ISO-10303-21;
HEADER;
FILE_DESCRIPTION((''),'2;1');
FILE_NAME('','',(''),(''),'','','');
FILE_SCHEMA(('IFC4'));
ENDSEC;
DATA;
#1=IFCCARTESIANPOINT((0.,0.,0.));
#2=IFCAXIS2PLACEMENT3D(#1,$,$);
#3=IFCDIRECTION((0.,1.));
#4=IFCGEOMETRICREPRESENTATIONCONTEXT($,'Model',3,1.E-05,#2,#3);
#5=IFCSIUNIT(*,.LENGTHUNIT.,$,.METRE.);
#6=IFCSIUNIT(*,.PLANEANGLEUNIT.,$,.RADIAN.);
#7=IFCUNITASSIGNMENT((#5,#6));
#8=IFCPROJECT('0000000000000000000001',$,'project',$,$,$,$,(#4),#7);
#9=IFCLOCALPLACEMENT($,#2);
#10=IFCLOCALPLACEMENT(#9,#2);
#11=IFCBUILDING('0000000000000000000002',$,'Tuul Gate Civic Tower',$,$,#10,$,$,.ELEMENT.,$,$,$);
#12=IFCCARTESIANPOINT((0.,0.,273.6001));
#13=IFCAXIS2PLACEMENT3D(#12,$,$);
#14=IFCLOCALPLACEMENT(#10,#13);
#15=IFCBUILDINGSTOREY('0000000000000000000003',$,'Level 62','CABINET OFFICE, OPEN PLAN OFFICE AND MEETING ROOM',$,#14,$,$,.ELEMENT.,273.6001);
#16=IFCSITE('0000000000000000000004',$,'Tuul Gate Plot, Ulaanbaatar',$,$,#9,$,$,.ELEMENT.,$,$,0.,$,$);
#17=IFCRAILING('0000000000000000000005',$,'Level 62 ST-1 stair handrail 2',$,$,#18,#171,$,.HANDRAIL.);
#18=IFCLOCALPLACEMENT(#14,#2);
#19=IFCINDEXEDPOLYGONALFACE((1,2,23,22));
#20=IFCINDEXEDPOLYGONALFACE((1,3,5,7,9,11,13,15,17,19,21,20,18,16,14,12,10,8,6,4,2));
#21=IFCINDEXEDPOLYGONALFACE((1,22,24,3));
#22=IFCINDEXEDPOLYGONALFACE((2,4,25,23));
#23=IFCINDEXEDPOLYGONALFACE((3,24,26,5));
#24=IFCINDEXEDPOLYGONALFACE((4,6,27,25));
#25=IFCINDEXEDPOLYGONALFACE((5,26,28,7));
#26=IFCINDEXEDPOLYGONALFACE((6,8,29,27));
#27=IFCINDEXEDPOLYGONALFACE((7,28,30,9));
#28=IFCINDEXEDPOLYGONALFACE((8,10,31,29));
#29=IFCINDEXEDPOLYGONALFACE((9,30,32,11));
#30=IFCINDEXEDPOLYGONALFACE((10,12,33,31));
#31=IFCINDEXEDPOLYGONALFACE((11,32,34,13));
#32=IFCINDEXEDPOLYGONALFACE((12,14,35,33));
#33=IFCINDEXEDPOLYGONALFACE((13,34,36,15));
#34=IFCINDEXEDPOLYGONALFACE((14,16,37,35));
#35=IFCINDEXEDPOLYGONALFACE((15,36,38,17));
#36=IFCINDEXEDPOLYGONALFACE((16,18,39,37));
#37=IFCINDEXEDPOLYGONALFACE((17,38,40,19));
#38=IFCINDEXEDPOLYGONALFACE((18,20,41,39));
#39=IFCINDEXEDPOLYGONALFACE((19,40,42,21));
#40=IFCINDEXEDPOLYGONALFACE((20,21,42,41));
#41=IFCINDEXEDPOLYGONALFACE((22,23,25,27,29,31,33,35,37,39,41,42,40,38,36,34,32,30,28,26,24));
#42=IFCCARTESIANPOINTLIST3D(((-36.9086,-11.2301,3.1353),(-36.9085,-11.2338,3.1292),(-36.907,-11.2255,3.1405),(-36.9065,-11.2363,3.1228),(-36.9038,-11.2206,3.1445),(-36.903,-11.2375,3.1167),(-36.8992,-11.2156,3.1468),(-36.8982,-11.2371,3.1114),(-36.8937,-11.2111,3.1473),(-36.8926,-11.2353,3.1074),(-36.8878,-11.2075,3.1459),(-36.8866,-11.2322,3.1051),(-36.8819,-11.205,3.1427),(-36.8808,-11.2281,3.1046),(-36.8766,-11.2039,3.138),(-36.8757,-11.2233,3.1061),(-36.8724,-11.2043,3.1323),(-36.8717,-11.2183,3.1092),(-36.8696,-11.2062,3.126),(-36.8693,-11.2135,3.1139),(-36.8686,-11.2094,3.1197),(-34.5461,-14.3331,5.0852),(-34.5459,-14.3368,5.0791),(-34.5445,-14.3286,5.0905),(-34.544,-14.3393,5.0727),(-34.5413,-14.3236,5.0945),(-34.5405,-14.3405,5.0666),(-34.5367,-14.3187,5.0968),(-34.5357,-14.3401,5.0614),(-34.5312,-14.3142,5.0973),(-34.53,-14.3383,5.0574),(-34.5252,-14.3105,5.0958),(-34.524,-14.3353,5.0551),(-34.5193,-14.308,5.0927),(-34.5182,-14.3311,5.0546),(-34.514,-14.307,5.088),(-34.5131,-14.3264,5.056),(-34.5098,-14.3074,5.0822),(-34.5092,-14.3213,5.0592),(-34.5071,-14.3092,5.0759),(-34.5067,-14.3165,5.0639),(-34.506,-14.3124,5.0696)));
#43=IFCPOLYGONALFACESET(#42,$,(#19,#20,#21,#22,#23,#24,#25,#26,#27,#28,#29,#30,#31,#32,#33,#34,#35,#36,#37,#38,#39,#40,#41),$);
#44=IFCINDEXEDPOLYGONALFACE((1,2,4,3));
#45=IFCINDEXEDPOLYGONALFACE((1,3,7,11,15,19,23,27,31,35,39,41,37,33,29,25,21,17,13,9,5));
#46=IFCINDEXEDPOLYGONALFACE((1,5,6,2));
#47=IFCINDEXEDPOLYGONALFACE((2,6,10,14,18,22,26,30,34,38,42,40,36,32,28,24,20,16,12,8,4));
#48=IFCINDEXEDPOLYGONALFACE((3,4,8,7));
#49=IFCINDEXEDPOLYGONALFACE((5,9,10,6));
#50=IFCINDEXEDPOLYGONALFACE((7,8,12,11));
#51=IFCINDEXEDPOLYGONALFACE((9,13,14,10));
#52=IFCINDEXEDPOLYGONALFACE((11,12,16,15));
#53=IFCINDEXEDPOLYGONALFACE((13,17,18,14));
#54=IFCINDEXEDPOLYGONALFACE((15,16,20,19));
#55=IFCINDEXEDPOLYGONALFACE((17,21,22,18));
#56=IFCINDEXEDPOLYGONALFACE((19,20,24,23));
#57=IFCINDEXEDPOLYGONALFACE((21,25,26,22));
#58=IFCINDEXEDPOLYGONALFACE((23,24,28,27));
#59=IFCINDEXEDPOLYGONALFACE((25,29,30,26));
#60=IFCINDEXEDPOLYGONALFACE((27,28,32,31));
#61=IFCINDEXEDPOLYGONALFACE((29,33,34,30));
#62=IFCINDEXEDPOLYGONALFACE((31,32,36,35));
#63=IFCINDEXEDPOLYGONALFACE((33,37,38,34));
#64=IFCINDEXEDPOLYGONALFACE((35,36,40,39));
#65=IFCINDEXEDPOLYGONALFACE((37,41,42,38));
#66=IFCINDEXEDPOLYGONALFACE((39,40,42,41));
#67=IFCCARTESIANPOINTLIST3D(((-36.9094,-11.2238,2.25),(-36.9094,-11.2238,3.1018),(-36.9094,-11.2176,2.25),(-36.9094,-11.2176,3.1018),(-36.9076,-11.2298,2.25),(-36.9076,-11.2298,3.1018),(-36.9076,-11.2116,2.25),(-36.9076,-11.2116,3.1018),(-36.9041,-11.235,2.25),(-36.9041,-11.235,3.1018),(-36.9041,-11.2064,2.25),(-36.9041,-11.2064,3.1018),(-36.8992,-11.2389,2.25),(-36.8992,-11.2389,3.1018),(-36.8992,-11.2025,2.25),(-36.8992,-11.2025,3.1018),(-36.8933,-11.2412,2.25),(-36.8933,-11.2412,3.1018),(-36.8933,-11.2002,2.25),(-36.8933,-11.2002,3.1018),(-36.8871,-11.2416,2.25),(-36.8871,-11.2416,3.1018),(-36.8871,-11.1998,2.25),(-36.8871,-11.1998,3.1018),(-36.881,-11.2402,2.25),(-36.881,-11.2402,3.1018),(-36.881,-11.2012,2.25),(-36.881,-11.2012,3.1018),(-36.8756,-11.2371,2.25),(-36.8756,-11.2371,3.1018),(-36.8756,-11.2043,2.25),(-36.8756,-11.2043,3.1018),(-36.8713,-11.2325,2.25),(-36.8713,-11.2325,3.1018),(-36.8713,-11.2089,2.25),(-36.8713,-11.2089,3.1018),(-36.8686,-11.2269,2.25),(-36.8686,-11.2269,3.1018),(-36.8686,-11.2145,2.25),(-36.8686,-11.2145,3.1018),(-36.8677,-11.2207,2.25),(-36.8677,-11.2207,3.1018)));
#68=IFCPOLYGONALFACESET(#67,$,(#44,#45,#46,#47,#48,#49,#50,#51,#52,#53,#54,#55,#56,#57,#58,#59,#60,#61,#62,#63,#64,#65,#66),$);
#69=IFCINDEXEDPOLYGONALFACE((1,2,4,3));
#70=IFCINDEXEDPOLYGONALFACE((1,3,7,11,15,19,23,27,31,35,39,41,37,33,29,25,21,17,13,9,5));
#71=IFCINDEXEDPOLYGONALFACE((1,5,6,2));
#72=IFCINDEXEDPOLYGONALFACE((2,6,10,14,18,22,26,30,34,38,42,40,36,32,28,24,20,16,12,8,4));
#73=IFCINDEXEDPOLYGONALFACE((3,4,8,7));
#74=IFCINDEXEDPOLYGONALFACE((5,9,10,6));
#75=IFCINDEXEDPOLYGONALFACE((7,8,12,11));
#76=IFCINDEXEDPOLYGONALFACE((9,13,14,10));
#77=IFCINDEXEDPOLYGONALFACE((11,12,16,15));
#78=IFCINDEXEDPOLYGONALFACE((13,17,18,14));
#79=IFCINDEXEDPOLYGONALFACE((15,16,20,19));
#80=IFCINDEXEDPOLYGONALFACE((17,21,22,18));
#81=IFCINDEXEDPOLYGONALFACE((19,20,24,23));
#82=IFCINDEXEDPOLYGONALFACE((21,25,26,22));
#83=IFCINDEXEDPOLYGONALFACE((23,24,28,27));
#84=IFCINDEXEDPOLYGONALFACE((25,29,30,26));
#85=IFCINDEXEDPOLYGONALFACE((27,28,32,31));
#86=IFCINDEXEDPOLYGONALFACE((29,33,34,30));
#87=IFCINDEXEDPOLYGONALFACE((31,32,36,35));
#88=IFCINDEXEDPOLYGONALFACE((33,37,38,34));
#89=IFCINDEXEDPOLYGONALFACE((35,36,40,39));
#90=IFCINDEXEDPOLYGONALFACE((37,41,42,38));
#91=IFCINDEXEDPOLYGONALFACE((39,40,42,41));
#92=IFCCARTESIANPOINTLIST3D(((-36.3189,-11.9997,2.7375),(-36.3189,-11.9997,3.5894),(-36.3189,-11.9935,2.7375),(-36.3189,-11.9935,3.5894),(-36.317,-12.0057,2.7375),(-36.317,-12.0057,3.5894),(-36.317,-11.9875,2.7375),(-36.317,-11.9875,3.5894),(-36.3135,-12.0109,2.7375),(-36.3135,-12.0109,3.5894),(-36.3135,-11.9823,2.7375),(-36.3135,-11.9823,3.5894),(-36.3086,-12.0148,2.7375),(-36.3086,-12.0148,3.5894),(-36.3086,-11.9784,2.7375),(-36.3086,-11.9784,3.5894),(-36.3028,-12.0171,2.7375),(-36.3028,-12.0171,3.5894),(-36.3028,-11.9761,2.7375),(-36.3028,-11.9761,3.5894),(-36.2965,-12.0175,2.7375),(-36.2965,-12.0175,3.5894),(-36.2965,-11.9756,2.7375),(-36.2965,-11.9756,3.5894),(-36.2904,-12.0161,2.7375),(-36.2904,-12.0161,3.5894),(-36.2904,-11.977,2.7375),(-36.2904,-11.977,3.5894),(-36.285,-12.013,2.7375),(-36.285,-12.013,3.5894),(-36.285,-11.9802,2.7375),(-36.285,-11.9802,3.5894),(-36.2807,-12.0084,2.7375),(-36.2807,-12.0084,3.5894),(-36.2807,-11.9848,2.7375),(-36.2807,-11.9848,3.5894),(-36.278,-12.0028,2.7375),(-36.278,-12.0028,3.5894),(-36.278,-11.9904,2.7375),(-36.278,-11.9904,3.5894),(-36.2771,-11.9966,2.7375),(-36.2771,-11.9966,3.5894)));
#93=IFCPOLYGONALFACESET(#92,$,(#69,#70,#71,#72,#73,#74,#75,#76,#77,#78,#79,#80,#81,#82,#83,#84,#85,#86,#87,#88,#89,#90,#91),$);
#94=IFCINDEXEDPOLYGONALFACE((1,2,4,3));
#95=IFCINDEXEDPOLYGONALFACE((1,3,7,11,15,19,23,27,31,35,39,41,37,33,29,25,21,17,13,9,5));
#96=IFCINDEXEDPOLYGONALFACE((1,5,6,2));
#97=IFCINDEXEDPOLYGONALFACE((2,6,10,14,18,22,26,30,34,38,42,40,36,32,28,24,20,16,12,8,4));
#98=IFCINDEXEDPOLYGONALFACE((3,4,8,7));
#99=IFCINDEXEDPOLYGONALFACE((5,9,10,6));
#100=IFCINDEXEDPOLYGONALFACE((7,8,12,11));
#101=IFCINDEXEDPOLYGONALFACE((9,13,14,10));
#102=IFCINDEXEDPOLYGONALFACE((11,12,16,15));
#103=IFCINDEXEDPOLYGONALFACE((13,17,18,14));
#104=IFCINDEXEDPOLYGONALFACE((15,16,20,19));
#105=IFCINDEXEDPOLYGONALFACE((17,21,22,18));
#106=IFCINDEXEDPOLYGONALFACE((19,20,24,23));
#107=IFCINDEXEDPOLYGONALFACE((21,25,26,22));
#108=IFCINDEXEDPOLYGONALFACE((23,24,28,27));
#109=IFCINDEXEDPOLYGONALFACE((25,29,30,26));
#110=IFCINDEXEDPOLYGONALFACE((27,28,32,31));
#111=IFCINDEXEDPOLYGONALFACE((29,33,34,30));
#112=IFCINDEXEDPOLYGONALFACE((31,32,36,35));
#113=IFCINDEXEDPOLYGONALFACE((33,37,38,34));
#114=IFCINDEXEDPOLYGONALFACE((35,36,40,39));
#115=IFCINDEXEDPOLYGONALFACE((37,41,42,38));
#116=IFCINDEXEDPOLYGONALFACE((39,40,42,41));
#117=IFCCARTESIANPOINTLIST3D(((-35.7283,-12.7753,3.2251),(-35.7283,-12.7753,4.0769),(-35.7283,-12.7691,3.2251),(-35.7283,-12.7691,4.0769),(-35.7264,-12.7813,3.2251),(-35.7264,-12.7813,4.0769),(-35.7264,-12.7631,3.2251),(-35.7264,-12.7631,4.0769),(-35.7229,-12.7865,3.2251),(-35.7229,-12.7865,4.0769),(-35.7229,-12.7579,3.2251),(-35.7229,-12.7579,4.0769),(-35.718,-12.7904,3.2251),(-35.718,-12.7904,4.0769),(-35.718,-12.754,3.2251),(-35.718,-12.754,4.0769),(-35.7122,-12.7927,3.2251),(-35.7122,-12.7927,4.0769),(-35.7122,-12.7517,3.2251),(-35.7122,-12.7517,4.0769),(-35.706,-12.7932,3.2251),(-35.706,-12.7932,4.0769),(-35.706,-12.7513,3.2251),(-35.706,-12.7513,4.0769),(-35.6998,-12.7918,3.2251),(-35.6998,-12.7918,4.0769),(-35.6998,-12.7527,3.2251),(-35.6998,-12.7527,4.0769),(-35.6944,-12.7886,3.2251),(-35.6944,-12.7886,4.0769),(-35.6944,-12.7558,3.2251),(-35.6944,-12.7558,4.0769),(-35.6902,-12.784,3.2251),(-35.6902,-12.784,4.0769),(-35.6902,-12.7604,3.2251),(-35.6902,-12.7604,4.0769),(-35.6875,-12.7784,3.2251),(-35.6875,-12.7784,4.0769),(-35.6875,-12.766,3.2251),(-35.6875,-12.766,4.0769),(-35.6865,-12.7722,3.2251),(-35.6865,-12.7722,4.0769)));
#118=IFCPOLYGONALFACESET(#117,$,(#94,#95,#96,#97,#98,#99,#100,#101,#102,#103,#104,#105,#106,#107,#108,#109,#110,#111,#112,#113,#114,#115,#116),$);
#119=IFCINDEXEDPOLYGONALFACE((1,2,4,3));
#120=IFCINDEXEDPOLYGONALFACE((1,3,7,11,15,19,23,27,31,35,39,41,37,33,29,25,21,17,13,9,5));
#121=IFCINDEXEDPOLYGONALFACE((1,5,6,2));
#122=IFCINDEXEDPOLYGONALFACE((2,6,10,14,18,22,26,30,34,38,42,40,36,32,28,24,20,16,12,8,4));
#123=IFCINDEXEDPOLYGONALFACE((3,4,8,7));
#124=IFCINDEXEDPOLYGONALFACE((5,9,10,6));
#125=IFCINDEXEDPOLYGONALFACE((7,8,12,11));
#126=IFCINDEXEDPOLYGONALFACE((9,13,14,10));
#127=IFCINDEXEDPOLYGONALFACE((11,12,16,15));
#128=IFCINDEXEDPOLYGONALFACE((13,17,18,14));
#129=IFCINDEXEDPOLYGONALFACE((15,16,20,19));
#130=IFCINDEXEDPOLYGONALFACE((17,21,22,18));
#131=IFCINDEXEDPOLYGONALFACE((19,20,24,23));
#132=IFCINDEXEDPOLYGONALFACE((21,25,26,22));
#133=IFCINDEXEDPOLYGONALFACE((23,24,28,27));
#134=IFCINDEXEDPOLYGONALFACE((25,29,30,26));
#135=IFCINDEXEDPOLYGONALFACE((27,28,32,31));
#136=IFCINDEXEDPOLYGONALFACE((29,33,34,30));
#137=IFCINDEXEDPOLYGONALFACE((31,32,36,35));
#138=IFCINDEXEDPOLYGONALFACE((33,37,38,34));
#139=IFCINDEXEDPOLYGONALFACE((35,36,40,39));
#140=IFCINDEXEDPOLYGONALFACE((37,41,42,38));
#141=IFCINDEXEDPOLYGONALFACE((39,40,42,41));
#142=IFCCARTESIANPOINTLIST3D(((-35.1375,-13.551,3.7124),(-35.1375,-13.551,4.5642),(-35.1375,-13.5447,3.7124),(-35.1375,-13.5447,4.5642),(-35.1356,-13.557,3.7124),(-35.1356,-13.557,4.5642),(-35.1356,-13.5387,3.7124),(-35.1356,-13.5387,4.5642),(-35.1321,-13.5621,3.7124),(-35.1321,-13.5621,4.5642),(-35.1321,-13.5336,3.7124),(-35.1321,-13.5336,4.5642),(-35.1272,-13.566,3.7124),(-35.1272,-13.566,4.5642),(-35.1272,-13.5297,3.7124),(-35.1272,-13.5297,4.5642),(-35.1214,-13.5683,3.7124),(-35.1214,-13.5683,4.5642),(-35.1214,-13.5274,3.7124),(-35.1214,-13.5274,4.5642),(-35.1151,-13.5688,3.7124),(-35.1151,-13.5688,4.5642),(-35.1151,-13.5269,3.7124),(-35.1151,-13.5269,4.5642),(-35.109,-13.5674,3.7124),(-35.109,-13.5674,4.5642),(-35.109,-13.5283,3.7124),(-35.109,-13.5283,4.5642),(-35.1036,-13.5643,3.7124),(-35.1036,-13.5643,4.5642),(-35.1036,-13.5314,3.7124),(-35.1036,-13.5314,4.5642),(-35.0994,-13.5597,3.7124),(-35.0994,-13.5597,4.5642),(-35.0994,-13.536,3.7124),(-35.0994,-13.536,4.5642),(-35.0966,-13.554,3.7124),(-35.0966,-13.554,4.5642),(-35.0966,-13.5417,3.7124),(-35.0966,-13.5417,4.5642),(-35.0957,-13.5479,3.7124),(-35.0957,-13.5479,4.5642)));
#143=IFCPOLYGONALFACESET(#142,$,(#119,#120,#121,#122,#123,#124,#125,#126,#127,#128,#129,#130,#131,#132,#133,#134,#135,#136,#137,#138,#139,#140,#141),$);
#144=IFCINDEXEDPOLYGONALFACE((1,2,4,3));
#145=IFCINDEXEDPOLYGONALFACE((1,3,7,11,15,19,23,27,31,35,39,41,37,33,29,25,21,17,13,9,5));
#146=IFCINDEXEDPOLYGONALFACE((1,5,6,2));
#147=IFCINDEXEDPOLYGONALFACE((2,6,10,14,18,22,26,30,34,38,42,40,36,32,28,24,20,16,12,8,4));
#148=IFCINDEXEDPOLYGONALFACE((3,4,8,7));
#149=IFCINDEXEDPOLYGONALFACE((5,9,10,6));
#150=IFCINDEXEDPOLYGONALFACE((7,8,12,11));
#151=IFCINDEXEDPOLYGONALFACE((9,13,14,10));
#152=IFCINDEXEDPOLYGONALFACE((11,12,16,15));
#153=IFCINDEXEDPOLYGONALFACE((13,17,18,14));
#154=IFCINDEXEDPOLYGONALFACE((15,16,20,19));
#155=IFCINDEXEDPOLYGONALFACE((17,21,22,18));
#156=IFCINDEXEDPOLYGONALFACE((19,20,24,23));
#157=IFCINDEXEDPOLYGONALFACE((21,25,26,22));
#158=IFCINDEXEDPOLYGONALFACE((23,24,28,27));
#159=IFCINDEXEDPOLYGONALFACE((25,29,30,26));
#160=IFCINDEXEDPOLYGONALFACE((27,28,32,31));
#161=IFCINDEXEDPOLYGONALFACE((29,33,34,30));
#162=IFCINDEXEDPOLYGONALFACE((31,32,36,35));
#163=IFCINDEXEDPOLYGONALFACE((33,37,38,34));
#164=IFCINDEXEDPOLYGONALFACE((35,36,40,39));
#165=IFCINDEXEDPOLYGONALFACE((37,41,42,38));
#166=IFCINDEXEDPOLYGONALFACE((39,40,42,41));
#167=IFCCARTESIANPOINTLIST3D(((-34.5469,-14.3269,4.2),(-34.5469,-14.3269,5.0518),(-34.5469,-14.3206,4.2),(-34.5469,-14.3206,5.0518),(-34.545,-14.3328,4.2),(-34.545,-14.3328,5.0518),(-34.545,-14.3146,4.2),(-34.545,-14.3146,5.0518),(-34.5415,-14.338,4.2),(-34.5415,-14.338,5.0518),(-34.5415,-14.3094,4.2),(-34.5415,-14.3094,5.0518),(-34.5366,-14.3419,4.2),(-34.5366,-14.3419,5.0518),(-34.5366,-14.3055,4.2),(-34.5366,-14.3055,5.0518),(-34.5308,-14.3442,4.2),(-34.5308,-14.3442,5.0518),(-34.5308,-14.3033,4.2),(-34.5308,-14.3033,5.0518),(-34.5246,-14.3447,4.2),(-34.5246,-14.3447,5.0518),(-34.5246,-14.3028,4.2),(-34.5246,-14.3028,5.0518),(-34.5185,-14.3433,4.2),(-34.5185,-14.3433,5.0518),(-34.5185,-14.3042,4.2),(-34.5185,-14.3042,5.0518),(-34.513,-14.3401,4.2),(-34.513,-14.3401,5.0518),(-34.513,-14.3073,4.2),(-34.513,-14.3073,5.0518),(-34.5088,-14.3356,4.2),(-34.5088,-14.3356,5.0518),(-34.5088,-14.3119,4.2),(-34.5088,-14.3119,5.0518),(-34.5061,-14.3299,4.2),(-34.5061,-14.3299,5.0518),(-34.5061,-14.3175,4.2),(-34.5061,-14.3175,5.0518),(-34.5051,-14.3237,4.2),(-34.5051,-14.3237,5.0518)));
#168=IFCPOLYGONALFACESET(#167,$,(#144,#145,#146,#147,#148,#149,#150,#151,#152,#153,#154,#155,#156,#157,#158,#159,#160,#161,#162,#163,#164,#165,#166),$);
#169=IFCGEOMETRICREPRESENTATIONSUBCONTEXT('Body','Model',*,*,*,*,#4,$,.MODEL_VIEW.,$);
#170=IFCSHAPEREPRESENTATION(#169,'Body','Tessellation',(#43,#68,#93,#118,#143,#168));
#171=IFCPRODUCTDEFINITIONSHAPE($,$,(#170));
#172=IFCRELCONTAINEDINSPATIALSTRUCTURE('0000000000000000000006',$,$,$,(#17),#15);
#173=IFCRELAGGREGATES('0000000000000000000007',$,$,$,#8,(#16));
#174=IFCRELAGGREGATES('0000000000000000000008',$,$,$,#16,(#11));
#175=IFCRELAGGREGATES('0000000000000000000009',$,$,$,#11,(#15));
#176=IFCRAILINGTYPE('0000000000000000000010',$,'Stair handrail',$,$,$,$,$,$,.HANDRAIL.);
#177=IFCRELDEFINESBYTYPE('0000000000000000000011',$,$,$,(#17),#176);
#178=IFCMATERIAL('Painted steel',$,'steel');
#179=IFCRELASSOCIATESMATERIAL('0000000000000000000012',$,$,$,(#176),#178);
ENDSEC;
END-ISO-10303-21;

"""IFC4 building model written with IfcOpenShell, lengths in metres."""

from ifc_helpers import new_model, si_unit, direction, frame, origin, origin_2d, place, context, subcontext, project, spatial, circle, extrude, material, type_object, element, save


model = new_model("IFC4")

# Units and contexts
model_context = context("Model", 3, precision=1e-05, world=origin(), true_north=direction((0.0, 1.0)))
body_context = subcontext(model_context, "Body", "Model", "MODEL_VIEW")
ifc_project = project(units=[si_unit("LENGTHUNIT", "METRE"), si_unit("PLANEANGLEUNIT", "RADIAN")], contexts=[model_context])

# Site, building, storey
site_placement = place(None, origin())
site = spatial("IfcSite", under=ifc_project, at=site_placement, Name="Tuul Gate Plot, Ulaanbaatar", CompositionType="ELEMENT", RefElevation=0.0)
building_placement = place(site_placement, origin())
building = spatial("IfcBuilding", under=site, at=building_placement, Name="Tuul Gate Civic Tower", CompositionType="ELEMENT")
storey_placement = place(building_placement, frame((0.0, 0.0, 273.6001)))
storey = spatial("IfcBuildingStorey", under=building, at=storey_placement, Name="Level 62", Description="CABINET OFFICE, OPEN PLAN OFFICE AND MEETING ROOM", CompositionType="ELEMENT", Elevation=273.6001)

# Railing
ifc_material_1 = material(Name="Painted steel", Category="steel")
railing_type_1 = type_object("IfcRailingType", Name="Stair handrail", PredefinedType="HANDRAIL", material=ifc_material_1)
railing_1_placement = place(storey_placement, frame((-36.8887, -11.2207, 2.25)))
element("IfcRailing", 1, at=railing_1_placement, inside=storey, type_object=railing_type_1, Name="Level 62 ST-1 stair handrail 2", PredefinedType="HANDRAIL", context=body_context, shape_type="SweptSolid", body=[
    extrude(circle(Radius=0.0239, at=origin_2d()), frame((0.0, 0.0, 0.876), z_axis=(0.541824, -0.711645, 0.4472), x_axis=(0.795637, 0.605773, 0.0)), (0.0, 0.0, 1.0), 4.3604),
    extrude(circle(Radius=0.021, at=origin_2d()), origin(), (0.0, 0.0, 1.0), 0.8518),
    extrude(circle(Radius=0.021, at=origin_2d()), frame((0.5906, -0.7759, 0.4875)), (0.0, 0.0, 1.0), 0.8518),
    extrude(circle(Radius=0.021, at=origin_2d()), frame((1.1812, -1.5515, 0.9751)), (0.0, 0.0, 1.0), 0.8518),
    extrude(circle(Radius=0.021, at=origin_2d()), frame((1.772, -2.3271, 1.4624)), (0.0, 0.0, 1.0), 0.8518),
    extrude(circle(Radius=0.021, at=origin_2d()), frame((2.3625, -3.103, 1.95)), (0.0, 0.0, 1.0), 0.8518),
])

save(model, "model.ifc")
